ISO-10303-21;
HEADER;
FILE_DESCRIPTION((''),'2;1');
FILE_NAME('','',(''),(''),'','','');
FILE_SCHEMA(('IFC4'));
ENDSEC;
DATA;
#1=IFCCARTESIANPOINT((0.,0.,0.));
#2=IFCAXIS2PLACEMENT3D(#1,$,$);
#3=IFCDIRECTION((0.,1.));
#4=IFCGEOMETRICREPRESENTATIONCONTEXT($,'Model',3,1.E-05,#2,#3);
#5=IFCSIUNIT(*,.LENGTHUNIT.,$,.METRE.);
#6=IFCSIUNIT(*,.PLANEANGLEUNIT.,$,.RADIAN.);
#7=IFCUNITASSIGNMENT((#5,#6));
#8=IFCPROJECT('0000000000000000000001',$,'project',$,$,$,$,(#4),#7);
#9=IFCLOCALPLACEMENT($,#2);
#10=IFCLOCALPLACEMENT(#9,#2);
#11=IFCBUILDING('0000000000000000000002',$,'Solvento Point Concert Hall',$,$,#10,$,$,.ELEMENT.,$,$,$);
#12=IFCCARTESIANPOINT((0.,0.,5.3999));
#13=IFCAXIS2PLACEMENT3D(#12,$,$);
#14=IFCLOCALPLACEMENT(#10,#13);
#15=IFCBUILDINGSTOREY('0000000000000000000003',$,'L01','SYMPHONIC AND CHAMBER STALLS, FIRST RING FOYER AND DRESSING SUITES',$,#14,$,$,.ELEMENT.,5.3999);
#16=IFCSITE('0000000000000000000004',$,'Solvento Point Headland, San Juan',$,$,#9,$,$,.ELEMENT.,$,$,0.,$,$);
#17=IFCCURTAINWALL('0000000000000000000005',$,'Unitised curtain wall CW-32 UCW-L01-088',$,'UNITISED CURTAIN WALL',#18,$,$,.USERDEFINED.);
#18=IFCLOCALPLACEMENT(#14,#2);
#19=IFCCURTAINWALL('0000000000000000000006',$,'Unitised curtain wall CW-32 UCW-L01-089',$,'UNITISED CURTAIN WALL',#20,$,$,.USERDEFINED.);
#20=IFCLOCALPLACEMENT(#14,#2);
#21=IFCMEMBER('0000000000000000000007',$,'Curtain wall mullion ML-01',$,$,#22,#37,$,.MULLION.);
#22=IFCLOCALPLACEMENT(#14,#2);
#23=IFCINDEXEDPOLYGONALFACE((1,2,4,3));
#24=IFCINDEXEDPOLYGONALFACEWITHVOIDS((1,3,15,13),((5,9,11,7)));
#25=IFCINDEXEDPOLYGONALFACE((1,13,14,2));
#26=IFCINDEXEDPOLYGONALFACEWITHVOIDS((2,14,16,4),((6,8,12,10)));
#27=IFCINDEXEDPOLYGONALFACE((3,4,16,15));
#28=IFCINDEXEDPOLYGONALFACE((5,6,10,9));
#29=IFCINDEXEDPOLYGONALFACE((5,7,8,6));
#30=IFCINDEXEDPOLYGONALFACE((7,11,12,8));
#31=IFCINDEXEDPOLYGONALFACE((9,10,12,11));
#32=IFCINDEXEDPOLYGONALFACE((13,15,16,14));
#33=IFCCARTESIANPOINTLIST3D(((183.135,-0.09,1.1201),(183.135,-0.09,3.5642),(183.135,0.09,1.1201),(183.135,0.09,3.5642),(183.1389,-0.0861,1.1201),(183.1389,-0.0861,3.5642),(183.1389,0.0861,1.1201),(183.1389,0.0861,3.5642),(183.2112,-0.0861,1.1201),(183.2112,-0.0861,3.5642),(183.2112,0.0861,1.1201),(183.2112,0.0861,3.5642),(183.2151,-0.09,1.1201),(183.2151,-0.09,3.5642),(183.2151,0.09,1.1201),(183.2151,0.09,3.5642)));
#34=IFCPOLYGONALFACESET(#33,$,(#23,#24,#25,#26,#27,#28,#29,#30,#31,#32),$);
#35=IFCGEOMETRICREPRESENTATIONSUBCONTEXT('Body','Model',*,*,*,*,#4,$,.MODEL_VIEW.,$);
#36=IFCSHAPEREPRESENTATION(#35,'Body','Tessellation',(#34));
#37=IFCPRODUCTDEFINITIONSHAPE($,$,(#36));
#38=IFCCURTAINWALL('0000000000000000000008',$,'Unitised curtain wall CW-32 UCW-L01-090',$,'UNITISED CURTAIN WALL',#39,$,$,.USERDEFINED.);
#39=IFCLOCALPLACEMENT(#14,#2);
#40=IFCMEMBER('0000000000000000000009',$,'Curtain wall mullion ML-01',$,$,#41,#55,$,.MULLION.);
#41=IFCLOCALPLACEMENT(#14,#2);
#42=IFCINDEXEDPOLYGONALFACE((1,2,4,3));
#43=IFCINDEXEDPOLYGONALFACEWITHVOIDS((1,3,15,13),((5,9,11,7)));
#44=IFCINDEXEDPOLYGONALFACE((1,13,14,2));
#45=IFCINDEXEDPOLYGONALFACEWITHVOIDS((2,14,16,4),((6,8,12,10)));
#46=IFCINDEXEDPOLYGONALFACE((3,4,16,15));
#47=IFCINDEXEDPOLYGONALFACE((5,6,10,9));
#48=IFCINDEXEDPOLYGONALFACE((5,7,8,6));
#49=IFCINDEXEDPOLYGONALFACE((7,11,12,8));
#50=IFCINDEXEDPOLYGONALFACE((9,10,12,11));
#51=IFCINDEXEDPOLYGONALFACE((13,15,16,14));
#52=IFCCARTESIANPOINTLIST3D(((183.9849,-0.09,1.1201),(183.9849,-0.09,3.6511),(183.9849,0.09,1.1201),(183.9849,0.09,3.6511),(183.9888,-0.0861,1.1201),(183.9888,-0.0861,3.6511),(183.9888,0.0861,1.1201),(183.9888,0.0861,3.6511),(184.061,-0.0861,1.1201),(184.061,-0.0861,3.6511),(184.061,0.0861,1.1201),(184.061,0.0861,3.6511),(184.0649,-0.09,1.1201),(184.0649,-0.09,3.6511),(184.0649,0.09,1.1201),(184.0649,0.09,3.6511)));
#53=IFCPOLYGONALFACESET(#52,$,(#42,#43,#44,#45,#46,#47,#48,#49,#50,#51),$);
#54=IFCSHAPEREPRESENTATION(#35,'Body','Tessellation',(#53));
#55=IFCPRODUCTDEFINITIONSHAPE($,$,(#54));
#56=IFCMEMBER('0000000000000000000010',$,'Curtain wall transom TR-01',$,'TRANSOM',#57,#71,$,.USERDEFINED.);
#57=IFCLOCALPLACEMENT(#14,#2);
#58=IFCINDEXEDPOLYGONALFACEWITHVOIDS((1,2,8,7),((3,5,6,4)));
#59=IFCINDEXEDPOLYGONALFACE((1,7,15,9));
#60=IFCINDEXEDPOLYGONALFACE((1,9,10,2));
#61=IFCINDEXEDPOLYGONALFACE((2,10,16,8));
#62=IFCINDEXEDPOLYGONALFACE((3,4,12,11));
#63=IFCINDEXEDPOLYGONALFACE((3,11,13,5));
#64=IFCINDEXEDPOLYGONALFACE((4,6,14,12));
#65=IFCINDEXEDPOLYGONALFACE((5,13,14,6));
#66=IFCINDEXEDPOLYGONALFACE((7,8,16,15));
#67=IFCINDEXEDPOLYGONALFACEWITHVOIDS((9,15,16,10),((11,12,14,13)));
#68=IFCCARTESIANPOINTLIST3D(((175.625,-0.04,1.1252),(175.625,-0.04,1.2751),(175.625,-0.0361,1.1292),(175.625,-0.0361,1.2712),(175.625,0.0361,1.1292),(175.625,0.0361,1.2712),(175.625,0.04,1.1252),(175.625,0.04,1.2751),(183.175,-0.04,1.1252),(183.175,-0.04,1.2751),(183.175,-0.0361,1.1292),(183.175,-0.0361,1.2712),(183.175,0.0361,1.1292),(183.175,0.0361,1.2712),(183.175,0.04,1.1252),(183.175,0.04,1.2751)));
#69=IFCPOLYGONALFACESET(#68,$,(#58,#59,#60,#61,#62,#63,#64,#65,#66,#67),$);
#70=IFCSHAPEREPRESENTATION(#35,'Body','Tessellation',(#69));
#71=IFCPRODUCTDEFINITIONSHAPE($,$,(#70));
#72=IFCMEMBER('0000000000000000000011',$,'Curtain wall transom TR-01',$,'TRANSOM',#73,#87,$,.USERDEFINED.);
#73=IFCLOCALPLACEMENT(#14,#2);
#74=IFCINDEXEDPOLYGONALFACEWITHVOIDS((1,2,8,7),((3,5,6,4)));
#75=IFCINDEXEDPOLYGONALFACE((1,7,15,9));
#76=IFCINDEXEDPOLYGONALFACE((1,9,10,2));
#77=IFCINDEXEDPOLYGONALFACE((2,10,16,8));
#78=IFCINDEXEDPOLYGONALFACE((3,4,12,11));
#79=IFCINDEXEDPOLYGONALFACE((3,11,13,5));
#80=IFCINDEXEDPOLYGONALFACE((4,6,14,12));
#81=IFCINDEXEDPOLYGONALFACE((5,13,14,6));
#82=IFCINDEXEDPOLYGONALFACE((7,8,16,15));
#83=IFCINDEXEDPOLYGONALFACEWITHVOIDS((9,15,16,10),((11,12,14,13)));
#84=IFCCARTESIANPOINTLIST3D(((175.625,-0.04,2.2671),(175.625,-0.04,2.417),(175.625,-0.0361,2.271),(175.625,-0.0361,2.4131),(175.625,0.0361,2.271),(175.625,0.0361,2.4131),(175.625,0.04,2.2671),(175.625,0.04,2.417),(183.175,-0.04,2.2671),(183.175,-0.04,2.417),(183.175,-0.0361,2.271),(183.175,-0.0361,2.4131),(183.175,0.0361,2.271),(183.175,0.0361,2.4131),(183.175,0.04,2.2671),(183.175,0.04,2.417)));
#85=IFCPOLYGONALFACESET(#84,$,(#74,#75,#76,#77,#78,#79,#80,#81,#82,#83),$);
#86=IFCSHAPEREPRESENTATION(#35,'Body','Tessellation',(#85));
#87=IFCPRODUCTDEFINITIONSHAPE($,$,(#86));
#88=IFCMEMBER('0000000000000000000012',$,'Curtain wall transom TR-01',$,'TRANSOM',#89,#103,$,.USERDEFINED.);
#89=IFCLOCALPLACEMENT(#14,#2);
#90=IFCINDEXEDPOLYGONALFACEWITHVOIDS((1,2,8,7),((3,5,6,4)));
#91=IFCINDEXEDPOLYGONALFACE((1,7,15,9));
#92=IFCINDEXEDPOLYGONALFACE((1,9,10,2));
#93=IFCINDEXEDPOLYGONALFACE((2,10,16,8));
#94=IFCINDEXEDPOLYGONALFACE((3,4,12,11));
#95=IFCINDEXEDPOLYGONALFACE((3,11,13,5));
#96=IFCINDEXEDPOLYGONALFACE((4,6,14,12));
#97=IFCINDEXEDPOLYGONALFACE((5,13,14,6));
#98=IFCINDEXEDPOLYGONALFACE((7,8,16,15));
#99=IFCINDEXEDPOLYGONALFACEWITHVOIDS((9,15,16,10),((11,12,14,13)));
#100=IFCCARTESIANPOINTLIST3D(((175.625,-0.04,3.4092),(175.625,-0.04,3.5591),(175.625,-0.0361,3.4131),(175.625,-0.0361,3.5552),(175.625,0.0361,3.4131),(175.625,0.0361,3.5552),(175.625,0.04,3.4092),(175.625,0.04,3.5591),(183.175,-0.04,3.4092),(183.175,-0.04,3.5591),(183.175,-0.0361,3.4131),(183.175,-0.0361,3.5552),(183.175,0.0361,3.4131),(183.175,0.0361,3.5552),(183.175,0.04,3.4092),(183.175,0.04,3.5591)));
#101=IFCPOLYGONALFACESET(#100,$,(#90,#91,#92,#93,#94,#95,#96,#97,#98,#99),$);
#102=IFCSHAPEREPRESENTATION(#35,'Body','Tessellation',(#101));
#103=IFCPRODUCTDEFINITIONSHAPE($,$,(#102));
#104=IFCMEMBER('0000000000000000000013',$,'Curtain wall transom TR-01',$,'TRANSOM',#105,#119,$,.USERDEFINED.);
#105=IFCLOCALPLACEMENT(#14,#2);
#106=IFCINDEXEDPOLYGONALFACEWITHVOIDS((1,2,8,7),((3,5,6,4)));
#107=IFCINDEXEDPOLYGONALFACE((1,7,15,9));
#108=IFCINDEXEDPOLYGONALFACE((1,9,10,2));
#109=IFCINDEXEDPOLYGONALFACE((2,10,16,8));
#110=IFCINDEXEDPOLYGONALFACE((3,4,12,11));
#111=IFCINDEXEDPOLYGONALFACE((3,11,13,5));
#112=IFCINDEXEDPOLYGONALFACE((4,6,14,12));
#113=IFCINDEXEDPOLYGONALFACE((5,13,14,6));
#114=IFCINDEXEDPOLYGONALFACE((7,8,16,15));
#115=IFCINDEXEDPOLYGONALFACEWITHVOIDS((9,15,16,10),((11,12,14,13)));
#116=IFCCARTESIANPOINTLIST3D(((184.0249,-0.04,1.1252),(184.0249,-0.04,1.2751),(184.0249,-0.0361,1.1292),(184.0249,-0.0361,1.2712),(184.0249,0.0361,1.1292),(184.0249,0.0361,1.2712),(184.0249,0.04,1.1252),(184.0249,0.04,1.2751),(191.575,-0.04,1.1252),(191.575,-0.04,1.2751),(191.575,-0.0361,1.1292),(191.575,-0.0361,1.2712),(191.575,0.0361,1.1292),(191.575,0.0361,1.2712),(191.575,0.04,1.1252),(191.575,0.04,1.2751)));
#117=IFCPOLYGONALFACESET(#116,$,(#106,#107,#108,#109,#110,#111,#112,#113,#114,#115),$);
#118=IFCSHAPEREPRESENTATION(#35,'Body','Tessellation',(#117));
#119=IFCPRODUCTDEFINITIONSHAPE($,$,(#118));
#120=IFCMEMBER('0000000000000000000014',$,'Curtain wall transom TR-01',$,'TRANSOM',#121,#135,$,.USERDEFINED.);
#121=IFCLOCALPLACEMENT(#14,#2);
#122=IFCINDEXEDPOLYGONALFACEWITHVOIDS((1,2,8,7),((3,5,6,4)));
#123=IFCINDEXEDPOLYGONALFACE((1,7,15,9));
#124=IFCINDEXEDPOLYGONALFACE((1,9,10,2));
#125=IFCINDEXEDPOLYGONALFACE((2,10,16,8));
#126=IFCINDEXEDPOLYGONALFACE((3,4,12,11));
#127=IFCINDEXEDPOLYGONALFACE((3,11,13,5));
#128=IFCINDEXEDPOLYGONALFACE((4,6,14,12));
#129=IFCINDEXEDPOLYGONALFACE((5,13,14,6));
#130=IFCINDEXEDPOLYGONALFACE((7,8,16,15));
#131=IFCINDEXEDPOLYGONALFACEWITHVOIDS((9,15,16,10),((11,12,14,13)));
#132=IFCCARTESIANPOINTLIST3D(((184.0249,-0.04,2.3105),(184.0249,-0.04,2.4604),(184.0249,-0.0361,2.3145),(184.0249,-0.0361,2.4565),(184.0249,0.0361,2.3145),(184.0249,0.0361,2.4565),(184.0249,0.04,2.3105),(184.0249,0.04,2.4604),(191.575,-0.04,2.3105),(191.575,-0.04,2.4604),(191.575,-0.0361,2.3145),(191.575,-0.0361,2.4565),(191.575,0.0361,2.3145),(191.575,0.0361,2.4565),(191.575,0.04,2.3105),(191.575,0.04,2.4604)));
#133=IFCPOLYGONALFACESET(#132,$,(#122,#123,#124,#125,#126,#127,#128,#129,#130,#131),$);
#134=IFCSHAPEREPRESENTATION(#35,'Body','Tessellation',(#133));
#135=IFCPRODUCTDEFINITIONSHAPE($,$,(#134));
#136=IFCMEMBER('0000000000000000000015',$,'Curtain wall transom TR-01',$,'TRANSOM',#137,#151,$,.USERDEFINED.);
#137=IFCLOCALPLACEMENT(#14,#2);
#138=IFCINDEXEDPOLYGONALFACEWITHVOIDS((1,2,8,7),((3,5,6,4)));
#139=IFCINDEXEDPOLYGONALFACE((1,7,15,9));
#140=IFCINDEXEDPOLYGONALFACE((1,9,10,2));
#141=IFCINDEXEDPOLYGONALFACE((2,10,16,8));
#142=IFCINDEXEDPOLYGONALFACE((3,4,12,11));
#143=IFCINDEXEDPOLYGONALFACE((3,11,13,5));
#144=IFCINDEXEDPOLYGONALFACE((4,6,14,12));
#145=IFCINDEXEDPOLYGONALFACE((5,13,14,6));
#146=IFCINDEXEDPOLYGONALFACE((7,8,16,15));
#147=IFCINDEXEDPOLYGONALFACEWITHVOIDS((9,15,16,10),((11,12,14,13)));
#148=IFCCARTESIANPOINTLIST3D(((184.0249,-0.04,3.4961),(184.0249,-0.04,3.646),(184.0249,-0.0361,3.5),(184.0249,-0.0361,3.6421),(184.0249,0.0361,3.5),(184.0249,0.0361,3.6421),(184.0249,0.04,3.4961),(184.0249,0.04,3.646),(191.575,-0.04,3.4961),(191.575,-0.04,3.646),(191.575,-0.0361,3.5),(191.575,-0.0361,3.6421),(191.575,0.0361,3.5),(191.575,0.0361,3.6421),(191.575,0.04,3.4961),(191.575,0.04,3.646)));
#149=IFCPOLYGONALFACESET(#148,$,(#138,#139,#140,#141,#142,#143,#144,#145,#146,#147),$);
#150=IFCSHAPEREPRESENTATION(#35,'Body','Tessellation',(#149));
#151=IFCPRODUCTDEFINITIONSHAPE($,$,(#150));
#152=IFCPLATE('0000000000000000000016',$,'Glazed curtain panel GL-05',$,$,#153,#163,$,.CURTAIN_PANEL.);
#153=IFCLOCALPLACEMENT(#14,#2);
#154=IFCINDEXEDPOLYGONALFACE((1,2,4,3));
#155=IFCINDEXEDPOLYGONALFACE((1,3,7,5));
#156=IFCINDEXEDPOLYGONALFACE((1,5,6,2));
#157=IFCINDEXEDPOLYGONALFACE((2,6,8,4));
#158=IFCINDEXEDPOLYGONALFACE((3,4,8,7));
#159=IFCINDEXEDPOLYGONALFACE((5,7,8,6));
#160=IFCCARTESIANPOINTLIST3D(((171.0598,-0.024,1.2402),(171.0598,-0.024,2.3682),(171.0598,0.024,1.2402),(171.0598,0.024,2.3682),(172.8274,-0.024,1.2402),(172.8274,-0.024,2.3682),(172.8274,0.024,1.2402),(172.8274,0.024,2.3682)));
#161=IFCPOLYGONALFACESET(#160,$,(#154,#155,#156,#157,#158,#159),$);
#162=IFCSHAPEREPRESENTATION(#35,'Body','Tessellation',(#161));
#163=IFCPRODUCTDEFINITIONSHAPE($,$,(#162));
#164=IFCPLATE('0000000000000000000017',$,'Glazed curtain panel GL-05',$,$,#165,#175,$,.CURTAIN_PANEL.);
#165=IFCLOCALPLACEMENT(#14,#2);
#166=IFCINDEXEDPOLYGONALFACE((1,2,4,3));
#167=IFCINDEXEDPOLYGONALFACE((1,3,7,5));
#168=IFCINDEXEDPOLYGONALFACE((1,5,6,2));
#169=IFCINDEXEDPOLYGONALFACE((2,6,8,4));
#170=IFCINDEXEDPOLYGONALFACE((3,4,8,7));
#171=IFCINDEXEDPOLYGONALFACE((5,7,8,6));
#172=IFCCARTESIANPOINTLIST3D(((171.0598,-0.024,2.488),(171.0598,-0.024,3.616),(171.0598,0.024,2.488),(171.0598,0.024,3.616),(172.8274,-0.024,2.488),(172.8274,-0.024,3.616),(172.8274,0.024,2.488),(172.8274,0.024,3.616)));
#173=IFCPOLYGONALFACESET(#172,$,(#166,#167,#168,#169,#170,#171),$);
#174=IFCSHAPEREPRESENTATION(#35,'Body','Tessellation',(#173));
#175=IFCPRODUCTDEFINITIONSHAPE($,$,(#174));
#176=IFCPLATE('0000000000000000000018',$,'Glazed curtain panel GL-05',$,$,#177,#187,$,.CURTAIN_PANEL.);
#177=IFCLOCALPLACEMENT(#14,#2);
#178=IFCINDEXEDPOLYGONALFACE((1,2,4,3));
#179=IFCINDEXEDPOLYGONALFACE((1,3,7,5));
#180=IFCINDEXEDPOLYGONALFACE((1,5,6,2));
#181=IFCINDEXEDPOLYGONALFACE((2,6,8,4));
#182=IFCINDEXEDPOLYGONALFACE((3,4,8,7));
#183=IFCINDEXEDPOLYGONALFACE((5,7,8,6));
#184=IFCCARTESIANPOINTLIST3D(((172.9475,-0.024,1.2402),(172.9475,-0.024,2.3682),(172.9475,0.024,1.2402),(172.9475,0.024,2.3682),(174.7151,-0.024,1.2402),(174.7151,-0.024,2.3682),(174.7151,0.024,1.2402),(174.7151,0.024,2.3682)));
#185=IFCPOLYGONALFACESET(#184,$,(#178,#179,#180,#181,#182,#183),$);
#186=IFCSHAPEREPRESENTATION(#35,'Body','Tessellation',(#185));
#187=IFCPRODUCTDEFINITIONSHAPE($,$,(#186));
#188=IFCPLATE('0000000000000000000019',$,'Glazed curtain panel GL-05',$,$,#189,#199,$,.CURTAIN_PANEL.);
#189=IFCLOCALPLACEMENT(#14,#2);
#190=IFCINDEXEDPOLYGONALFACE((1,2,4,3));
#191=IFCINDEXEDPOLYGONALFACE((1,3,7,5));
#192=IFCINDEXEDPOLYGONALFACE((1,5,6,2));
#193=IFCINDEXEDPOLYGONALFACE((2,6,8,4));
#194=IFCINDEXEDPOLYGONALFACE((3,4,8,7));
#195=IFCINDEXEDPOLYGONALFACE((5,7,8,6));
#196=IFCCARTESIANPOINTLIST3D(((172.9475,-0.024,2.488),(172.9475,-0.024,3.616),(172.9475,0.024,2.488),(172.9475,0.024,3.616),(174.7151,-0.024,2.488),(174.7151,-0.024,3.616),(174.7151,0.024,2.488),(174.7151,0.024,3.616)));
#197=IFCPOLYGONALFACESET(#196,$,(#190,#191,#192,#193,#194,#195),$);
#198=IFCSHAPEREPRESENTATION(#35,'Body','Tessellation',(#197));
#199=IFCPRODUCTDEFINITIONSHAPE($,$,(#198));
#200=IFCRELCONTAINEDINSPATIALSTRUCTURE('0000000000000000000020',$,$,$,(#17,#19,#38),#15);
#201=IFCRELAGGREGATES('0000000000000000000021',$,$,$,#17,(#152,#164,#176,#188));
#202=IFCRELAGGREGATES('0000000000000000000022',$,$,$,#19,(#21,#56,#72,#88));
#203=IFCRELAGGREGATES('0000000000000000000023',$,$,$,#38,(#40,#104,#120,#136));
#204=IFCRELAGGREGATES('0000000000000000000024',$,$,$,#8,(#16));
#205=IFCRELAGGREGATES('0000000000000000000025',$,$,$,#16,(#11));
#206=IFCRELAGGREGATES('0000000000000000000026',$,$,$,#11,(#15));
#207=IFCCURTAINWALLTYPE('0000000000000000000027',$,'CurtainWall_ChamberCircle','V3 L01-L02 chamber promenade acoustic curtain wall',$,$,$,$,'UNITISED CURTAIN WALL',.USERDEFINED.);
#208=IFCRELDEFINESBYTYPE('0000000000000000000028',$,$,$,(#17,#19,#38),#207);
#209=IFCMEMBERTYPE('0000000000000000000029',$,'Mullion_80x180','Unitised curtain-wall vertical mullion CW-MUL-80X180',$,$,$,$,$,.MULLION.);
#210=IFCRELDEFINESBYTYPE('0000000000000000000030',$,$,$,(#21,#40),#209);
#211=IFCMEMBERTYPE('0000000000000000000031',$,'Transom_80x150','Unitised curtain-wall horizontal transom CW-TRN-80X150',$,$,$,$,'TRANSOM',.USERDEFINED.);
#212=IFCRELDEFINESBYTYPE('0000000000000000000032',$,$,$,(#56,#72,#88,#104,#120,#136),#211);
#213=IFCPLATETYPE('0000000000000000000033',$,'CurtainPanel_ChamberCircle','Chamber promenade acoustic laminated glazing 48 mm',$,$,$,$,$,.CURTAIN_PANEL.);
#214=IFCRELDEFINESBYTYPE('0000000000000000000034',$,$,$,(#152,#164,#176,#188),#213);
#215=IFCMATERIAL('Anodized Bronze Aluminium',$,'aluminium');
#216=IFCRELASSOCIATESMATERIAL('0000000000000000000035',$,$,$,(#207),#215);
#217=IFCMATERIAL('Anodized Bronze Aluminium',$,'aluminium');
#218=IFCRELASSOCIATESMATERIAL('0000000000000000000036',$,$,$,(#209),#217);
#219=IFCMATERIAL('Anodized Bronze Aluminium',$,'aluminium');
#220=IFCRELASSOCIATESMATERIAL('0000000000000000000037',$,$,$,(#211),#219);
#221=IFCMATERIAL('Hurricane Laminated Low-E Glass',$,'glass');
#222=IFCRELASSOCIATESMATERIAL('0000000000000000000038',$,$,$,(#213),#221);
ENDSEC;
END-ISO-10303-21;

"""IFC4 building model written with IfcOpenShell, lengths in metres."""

from ifc_helpers import new_model, si_unit, direction, frame, origin, origin_2d, place, context, subcontext, project, spatial, rectangle, hollow_rectangle, extrude, material, material_profile, profile_set, type_object, element, aggregate, save


model = new_model("IFC4")

# Units and contexts
model_context = context("Model", 3, precision=1e-05, world=origin(), true_north=direction((0.0, 1.0)))
body_context = subcontext(model_context, "Body", "Model", "MODEL_VIEW")
ifc_project = project(units=[si_unit("LENGTHUNIT", "METRE"), si_unit("PLANEANGLEUNIT", "RADIAN")], contexts=[model_context])

# Site, building, storey
site_placement = place(None, origin())
site = spatial("IfcSite", under=ifc_project, at=site_placement, Name="Solvento Point Headland, San Juan", CompositionType="ELEMENT", RefElevation=0.0)
building_placement = place(site_placement, origin())
building = spatial("IfcBuilding", under=site, at=building_placement, Name="Solvento Point Concert Hall", CompositionType="ELEMENT")
storey_placement = place(building_placement, frame((0.0, 0.0, 5.3999)))
storey = spatial("IfcBuildingStorey", under=building, at=storey_placement, Name="L01", Description="SYMPHONIC AND CHAMBER STALLS, FIRST RING FOYER AND DRESSING SUITES", CompositionType="ELEMENT", Elevation=5.3999)

# Curtain walls, member
ifc_material_1 = material(Name="Anodized Bronze Aluminium", Category="aluminium")
curtain_wall_type = type_object("IfcCurtainWallType", Name="CurtainWall_ChamberCircle", Description="V3 L01-L02 chamber promenade acoustic curtain wall", ElementType="UNITISED CURTAIN WALL", PredefinedType="USERDEFINED", material=ifc_material_1)
curtain_wall_1_placement = place(storey_placement, origin())
curtain_wall_1 = element("IfcCurtainWall", 1, at=curtain_wall_1_placement, inside=storey, type_object=curtain_wall_type, Name="Unitised curtain wall CW-32 UCW-L01-088", ObjectType="UNITISED CURTAIN WALL", PredefinedType="USERDEFINED")
ifc_material_2 = material(Name="Anodized Bronze Aluminium", Category="aluminium")
ifc_material_profile_1 = material_profile(ifc_material_2, hollow_rectangle(XDim=0.0801, YDim=0.1799, WallThickness=0.0039, at=origin_2d()), Name="CW-MUL-80X180")
ifc_profile_set_1 = profile_set([ifc_material_profile_1], Name="Anodized Bronze Aluminium")
member_type_1 = type_object("IfcMemberType", Name="Mullion_80x180", Description="Unitised curtain-wall vertical mullion CW-MUL-80X180", PredefinedType="MULLION", material=ifc_profile_set_1)
curtain_wall_2_placement = place(storey_placement, origin())
curtain_wall_2 = element("IfcCurtainWall", 2, at=curtain_wall_2_placement, inside=storey, type_object=curtain_wall_type, Name="Unitised curtain wall CW-32 UCW-L01-089", ObjectType="UNITISED CURTAIN WALL", PredefinedType="USERDEFINED")
member_1_placement = place(storey_placement, frame((183.175, 0.0, 1.1201), z_axis=(0.0, 0.0, 1.0), x_axis=(1.0, 0.0, 0.0)))
member_1 = element("IfcMember", 3, at=member_1_placement, type_object=member_type_1, Name="Curtain wall mullion ML-01", PredefinedType="MULLION", context=body_context, shape_type="SweptSolid", body=[
    extrude(hollow_rectangle(XDim=0.0801, YDim=0.1799, WallThickness=0.0039, at=origin_2d()), origin(), (0.0, 0.0, 1.0), 2.4441),
])

# Curtain wall, member
curtain_wall_3_placement = place(storey_placement, origin())
curtain_wall_3 = element("IfcCurtainWall", 4, at=curtain_wall_3_placement, inside=storey, type_object=curtain_wall_type, Name="Unitised curtain wall CW-32 UCW-L01-090", ObjectType="UNITISED CURTAIN WALL", PredefinedType="USERDEFINED")
member_2_placement = place(storey_placement, frame((184.0249, 0.0, 1.1201), z_axis=(0.0, 0.0, 1.0), x_axis=(1.0, 0.0, 0.0)))
member_2 = element("IfcMember", 5, at=member_2_placement, type_object=member_type_1, Name="Curtain wall mullion ML-01", PredefinedType="MULLION", context=body_context, shape_type="SweptSolid", body=[
    extrude(hollow_rectangle(XDim=0.0801, YDim=0.1799, WallThickness=0.0039, at=origin_2d()), origin(), (0.0, 0.0, 1.0), 2.531),
])

# Members
ifc_material_3 = material(Name="Anodized Bronze Aluminium", Category="aluminium")
ifc_material_profile_2 = material_profile(ifc_material_3, hollow_rectangle(XDim=0.0801, YDim=0.1499, WallThickness=0.0039, at=origin_2d()), Name="CW-TRN-80X150")
ifc_profile_set_2 = profile_set([ifc_material_profile_2], Name="Anodized Bronze Aluminium")
member_type_2 = type_object("IfcMemberType", Name="Transom_80x150", Description="Unitised curtain-wall horizontal transom CW-TRN-80X150", ElementType="TRANSOM", PredefinedType="USERDEFINED", material=ifc_profile_set_2)
member_3_placement = place(storey_placement, frame((175.625, 0.0, 1.2002), z_axis=(1.0, 0.0, 0.0), x_axis=(0.0, 1.0, 0.0)))
member_3 = element("IfcMember", 6, at=member_3_placement, type_object=member_type_2, Name="Curtain wall transom TR-01", ObjectType="TRANSOM", PredefinedType="USERDEFINED", context=body_context, shape_type="SweptSolid", body=[
    extrude(hollow_rectangle(XDim=0.0801, YDim=0.1499, WallThickness=0.0039, at=origin_2d()), origin(), (0.0, 0.0, 1.0), 7.55),
])
member_4_placement = place(storey_placement, frame((175.625, 0.0, 2.342), z_axis=(1.0, 0.0, 0.0), x_axis=(0.0, 1.0, 0.0)))
member_4 = element("IfcMember", 7, at=member_4_placement, type_object=member_type_2, Name="Curtain wall transom TR-01", ObjectType="TRANSOM", PredefinedType="USERDEFINED", context=body_context, shape_type="SweptSolid", body=[
    extrude(hollow_rectangle(XDim=0.0801, YDim=0.1499, WallThickness=0.0039, at=origin_2d()), origin(), (0.0, 0.0, 1.0), 7.55),
])
member_5_placement = place(storey_placement, frame((175.625, 0.0, 3.4841), z_axis=(1.0, 0.0, 0.0), x_axis=(0.0, 1.0, 0.0)))
member_5 = element("IfcMember", 8, at=member_5_placement, type_object=member_type_2, Name="Curtain wall transom TR-01", ObjectType="TRANSOM", PredefinedType="USERDEFINED", context=body_context, shape_type="SweptSolid", body=[
    extrude(hollow_rectangle(XDim=0.0801, YDim=0.1499, WallThickness=0.0039, at=origin_2d()), origin(), (0.0, 0.0, 1.0), 7.55),
])
member_6_placement = place(storey_placement, frame((184.0249, 0.0, 1.2002), z_axis=(1.0, 0.0, 0.0), x_axis=(0.0, 1.0, 0.0)))
member_6 = element("IfcMember", 9, at=member_6_placement, type_object=member_type_2, Name="Curtain wall transom TR-01", ObjectType="TRANSOM", PredefinedType="USERDEFINED", context=body_context, shape_type="SweptSolid", body=[
    extrude(hollow_rectangle(XDim=0.0801, YDim=0.1499, WallThickness=0.0039, at=origin_2d()), origin(), (0.0, 0.0, 1.0), 7.55),
])
member_7_placement = place(storey_placement, frame((184.0249, 0.0, 2.3855), z_axis=(1.0, 0.0, 0.0), x_axis=(0.0, 1.0, 0.0)))
member_7 = element("IfcMember", 10, at=member_7_placement, type_object=member_type_2, Name="Curtain wall transom TR-01", ObjectType="TRANSOM", PredefinedType="USERDEFINED", context=body_context, shape_type="SweptSolid", body=[
    extrude(hollow_rectangle(XDim=0.0801, YDim=0.1499, WallThickness=0.0039, at=origin_2d()), origin(), (0.0, 0.0, 1.0), 7.55),
])
member_8_placement = place(storey_placement, frame((184.0249, 0.0, 3.571), z_axis=(1.0, 0.0, 0.0), x_axis=(0.0, 1.0, 0.0)))
member_8 = element("IfcMember", 11, at=member_8_placement, type_object=member_type_2, Name="Curtain wall transom TR-01", ObjectType="TRANSOM", PredefinedType="USERDEFINED", context=body_context, shape_type="SweptSolid", body=[
    extrude(hollow_rectangle(XDim=0.0801, YDim=0.1499, WallThickness=0.0039, at=origin_2d()), origin(), (0.0, 0.0, 1.0), 7.55),
])

# Plates
ifc_material_4 = material(Name="Hurricane Laminated Low-E Glass", Category="glass")
plate_type = type_object("IfcPlateType", Name="CurtainPanel_ChamberCircle", Description="Chamber promenade acoustic laminated glazing 48 mm", PredefinedType="CURTAIN_PANEL", material=ifc_material_4)
plate_1_placement = place(storey_placement, frame((171.9436, 0.0, 1.2402), z_axis=(0.0, 0.0, 1.0), x_axis=(1.0, 0.0, 0.0)))
plate_1 = element("IfcPlate", 12, at=plate_1_placement, type_object=plate_type, Name="Glazed curtain panel GL-05", PredefinedType="CURTAIN_PANEL", context=body_context, shape_type="SweptSolid", body=[
    extrude(rectangle(XDim=1.7676, YDim=0.0481, at=origin_2d()), origin(), (0.0, 0.0, 1.0), 1.1279),
])
plate_2_placement = place(storey_placement, frame((171.9436, 0.0, 2.488), z_axis=(0.0, 0.0, 1.0), x_axis=(1.0, 0.0, 0.0)))
plate_2 = element("IfcPlate", 13, at=plate_2_placement, type_object=plate_type, Name="Glazed curtain panel GL-05", PredefinedType="CURTAIN_PANEL", context=body_context, shape_type="SweptSolid", body=[
    extrude(rectangle(XDim=1.7676, YDim=0.0481, at=origin_2d()), origin(), (0.0, 0.0, 1.0), 1.1279),
])
plate_3_placement = place(storey_placement, frame((173.8313, 0.0, 1.2402), z_axis=(0.0, 0.0, 1.0), x_axis=(1.0, 0.0, 0.0)))
plate_3 = element("IfcPlate", 14, at=plate_3_placement, type_object=plate_type, Name="Glazed curtain panel GL-05", PredefinedType="CURTAIN_PANEL", context=body_context, shape_type="SweptSolid", body=[
    extrude(rectangle(XDim=1.7676, YDim=0.0481, at=origin_2d()), origin(), (0.0, 0.0, 1.0), 1.1279),
])
plate_4_placement = place(storey_placement, frame((173.8313, 0.0, 2.488), z_axis=(0.0, 0.0, 1.0), x_axis=(1.0, 0.0, 0.0)))
plate_4 = element("IfcPlate", 15, at=plate_4_placement, type_object=plate_type, Name="Glazed curtain panel GL-05", PredefinedType="CURTAIN_PANEL", context=body_context, shape_type="SweptSolid", body=[
    extrude(rectangle(XDim=1.7676, YDim=0.0481, at=origin_2d()), origin(), (0.0, 0.0, 1.0), 1.1279),
])
aggregate(curtain_wall_1, [plate_1, plate_2, plate_3, plate_4])
aggregate(curtain_wall_2, [member_1, member_3, member_4, member_5])
aggregate(curtain_wall_3, [member_2, member_6, member_7, member_8])

save(model, "model.ifc")
